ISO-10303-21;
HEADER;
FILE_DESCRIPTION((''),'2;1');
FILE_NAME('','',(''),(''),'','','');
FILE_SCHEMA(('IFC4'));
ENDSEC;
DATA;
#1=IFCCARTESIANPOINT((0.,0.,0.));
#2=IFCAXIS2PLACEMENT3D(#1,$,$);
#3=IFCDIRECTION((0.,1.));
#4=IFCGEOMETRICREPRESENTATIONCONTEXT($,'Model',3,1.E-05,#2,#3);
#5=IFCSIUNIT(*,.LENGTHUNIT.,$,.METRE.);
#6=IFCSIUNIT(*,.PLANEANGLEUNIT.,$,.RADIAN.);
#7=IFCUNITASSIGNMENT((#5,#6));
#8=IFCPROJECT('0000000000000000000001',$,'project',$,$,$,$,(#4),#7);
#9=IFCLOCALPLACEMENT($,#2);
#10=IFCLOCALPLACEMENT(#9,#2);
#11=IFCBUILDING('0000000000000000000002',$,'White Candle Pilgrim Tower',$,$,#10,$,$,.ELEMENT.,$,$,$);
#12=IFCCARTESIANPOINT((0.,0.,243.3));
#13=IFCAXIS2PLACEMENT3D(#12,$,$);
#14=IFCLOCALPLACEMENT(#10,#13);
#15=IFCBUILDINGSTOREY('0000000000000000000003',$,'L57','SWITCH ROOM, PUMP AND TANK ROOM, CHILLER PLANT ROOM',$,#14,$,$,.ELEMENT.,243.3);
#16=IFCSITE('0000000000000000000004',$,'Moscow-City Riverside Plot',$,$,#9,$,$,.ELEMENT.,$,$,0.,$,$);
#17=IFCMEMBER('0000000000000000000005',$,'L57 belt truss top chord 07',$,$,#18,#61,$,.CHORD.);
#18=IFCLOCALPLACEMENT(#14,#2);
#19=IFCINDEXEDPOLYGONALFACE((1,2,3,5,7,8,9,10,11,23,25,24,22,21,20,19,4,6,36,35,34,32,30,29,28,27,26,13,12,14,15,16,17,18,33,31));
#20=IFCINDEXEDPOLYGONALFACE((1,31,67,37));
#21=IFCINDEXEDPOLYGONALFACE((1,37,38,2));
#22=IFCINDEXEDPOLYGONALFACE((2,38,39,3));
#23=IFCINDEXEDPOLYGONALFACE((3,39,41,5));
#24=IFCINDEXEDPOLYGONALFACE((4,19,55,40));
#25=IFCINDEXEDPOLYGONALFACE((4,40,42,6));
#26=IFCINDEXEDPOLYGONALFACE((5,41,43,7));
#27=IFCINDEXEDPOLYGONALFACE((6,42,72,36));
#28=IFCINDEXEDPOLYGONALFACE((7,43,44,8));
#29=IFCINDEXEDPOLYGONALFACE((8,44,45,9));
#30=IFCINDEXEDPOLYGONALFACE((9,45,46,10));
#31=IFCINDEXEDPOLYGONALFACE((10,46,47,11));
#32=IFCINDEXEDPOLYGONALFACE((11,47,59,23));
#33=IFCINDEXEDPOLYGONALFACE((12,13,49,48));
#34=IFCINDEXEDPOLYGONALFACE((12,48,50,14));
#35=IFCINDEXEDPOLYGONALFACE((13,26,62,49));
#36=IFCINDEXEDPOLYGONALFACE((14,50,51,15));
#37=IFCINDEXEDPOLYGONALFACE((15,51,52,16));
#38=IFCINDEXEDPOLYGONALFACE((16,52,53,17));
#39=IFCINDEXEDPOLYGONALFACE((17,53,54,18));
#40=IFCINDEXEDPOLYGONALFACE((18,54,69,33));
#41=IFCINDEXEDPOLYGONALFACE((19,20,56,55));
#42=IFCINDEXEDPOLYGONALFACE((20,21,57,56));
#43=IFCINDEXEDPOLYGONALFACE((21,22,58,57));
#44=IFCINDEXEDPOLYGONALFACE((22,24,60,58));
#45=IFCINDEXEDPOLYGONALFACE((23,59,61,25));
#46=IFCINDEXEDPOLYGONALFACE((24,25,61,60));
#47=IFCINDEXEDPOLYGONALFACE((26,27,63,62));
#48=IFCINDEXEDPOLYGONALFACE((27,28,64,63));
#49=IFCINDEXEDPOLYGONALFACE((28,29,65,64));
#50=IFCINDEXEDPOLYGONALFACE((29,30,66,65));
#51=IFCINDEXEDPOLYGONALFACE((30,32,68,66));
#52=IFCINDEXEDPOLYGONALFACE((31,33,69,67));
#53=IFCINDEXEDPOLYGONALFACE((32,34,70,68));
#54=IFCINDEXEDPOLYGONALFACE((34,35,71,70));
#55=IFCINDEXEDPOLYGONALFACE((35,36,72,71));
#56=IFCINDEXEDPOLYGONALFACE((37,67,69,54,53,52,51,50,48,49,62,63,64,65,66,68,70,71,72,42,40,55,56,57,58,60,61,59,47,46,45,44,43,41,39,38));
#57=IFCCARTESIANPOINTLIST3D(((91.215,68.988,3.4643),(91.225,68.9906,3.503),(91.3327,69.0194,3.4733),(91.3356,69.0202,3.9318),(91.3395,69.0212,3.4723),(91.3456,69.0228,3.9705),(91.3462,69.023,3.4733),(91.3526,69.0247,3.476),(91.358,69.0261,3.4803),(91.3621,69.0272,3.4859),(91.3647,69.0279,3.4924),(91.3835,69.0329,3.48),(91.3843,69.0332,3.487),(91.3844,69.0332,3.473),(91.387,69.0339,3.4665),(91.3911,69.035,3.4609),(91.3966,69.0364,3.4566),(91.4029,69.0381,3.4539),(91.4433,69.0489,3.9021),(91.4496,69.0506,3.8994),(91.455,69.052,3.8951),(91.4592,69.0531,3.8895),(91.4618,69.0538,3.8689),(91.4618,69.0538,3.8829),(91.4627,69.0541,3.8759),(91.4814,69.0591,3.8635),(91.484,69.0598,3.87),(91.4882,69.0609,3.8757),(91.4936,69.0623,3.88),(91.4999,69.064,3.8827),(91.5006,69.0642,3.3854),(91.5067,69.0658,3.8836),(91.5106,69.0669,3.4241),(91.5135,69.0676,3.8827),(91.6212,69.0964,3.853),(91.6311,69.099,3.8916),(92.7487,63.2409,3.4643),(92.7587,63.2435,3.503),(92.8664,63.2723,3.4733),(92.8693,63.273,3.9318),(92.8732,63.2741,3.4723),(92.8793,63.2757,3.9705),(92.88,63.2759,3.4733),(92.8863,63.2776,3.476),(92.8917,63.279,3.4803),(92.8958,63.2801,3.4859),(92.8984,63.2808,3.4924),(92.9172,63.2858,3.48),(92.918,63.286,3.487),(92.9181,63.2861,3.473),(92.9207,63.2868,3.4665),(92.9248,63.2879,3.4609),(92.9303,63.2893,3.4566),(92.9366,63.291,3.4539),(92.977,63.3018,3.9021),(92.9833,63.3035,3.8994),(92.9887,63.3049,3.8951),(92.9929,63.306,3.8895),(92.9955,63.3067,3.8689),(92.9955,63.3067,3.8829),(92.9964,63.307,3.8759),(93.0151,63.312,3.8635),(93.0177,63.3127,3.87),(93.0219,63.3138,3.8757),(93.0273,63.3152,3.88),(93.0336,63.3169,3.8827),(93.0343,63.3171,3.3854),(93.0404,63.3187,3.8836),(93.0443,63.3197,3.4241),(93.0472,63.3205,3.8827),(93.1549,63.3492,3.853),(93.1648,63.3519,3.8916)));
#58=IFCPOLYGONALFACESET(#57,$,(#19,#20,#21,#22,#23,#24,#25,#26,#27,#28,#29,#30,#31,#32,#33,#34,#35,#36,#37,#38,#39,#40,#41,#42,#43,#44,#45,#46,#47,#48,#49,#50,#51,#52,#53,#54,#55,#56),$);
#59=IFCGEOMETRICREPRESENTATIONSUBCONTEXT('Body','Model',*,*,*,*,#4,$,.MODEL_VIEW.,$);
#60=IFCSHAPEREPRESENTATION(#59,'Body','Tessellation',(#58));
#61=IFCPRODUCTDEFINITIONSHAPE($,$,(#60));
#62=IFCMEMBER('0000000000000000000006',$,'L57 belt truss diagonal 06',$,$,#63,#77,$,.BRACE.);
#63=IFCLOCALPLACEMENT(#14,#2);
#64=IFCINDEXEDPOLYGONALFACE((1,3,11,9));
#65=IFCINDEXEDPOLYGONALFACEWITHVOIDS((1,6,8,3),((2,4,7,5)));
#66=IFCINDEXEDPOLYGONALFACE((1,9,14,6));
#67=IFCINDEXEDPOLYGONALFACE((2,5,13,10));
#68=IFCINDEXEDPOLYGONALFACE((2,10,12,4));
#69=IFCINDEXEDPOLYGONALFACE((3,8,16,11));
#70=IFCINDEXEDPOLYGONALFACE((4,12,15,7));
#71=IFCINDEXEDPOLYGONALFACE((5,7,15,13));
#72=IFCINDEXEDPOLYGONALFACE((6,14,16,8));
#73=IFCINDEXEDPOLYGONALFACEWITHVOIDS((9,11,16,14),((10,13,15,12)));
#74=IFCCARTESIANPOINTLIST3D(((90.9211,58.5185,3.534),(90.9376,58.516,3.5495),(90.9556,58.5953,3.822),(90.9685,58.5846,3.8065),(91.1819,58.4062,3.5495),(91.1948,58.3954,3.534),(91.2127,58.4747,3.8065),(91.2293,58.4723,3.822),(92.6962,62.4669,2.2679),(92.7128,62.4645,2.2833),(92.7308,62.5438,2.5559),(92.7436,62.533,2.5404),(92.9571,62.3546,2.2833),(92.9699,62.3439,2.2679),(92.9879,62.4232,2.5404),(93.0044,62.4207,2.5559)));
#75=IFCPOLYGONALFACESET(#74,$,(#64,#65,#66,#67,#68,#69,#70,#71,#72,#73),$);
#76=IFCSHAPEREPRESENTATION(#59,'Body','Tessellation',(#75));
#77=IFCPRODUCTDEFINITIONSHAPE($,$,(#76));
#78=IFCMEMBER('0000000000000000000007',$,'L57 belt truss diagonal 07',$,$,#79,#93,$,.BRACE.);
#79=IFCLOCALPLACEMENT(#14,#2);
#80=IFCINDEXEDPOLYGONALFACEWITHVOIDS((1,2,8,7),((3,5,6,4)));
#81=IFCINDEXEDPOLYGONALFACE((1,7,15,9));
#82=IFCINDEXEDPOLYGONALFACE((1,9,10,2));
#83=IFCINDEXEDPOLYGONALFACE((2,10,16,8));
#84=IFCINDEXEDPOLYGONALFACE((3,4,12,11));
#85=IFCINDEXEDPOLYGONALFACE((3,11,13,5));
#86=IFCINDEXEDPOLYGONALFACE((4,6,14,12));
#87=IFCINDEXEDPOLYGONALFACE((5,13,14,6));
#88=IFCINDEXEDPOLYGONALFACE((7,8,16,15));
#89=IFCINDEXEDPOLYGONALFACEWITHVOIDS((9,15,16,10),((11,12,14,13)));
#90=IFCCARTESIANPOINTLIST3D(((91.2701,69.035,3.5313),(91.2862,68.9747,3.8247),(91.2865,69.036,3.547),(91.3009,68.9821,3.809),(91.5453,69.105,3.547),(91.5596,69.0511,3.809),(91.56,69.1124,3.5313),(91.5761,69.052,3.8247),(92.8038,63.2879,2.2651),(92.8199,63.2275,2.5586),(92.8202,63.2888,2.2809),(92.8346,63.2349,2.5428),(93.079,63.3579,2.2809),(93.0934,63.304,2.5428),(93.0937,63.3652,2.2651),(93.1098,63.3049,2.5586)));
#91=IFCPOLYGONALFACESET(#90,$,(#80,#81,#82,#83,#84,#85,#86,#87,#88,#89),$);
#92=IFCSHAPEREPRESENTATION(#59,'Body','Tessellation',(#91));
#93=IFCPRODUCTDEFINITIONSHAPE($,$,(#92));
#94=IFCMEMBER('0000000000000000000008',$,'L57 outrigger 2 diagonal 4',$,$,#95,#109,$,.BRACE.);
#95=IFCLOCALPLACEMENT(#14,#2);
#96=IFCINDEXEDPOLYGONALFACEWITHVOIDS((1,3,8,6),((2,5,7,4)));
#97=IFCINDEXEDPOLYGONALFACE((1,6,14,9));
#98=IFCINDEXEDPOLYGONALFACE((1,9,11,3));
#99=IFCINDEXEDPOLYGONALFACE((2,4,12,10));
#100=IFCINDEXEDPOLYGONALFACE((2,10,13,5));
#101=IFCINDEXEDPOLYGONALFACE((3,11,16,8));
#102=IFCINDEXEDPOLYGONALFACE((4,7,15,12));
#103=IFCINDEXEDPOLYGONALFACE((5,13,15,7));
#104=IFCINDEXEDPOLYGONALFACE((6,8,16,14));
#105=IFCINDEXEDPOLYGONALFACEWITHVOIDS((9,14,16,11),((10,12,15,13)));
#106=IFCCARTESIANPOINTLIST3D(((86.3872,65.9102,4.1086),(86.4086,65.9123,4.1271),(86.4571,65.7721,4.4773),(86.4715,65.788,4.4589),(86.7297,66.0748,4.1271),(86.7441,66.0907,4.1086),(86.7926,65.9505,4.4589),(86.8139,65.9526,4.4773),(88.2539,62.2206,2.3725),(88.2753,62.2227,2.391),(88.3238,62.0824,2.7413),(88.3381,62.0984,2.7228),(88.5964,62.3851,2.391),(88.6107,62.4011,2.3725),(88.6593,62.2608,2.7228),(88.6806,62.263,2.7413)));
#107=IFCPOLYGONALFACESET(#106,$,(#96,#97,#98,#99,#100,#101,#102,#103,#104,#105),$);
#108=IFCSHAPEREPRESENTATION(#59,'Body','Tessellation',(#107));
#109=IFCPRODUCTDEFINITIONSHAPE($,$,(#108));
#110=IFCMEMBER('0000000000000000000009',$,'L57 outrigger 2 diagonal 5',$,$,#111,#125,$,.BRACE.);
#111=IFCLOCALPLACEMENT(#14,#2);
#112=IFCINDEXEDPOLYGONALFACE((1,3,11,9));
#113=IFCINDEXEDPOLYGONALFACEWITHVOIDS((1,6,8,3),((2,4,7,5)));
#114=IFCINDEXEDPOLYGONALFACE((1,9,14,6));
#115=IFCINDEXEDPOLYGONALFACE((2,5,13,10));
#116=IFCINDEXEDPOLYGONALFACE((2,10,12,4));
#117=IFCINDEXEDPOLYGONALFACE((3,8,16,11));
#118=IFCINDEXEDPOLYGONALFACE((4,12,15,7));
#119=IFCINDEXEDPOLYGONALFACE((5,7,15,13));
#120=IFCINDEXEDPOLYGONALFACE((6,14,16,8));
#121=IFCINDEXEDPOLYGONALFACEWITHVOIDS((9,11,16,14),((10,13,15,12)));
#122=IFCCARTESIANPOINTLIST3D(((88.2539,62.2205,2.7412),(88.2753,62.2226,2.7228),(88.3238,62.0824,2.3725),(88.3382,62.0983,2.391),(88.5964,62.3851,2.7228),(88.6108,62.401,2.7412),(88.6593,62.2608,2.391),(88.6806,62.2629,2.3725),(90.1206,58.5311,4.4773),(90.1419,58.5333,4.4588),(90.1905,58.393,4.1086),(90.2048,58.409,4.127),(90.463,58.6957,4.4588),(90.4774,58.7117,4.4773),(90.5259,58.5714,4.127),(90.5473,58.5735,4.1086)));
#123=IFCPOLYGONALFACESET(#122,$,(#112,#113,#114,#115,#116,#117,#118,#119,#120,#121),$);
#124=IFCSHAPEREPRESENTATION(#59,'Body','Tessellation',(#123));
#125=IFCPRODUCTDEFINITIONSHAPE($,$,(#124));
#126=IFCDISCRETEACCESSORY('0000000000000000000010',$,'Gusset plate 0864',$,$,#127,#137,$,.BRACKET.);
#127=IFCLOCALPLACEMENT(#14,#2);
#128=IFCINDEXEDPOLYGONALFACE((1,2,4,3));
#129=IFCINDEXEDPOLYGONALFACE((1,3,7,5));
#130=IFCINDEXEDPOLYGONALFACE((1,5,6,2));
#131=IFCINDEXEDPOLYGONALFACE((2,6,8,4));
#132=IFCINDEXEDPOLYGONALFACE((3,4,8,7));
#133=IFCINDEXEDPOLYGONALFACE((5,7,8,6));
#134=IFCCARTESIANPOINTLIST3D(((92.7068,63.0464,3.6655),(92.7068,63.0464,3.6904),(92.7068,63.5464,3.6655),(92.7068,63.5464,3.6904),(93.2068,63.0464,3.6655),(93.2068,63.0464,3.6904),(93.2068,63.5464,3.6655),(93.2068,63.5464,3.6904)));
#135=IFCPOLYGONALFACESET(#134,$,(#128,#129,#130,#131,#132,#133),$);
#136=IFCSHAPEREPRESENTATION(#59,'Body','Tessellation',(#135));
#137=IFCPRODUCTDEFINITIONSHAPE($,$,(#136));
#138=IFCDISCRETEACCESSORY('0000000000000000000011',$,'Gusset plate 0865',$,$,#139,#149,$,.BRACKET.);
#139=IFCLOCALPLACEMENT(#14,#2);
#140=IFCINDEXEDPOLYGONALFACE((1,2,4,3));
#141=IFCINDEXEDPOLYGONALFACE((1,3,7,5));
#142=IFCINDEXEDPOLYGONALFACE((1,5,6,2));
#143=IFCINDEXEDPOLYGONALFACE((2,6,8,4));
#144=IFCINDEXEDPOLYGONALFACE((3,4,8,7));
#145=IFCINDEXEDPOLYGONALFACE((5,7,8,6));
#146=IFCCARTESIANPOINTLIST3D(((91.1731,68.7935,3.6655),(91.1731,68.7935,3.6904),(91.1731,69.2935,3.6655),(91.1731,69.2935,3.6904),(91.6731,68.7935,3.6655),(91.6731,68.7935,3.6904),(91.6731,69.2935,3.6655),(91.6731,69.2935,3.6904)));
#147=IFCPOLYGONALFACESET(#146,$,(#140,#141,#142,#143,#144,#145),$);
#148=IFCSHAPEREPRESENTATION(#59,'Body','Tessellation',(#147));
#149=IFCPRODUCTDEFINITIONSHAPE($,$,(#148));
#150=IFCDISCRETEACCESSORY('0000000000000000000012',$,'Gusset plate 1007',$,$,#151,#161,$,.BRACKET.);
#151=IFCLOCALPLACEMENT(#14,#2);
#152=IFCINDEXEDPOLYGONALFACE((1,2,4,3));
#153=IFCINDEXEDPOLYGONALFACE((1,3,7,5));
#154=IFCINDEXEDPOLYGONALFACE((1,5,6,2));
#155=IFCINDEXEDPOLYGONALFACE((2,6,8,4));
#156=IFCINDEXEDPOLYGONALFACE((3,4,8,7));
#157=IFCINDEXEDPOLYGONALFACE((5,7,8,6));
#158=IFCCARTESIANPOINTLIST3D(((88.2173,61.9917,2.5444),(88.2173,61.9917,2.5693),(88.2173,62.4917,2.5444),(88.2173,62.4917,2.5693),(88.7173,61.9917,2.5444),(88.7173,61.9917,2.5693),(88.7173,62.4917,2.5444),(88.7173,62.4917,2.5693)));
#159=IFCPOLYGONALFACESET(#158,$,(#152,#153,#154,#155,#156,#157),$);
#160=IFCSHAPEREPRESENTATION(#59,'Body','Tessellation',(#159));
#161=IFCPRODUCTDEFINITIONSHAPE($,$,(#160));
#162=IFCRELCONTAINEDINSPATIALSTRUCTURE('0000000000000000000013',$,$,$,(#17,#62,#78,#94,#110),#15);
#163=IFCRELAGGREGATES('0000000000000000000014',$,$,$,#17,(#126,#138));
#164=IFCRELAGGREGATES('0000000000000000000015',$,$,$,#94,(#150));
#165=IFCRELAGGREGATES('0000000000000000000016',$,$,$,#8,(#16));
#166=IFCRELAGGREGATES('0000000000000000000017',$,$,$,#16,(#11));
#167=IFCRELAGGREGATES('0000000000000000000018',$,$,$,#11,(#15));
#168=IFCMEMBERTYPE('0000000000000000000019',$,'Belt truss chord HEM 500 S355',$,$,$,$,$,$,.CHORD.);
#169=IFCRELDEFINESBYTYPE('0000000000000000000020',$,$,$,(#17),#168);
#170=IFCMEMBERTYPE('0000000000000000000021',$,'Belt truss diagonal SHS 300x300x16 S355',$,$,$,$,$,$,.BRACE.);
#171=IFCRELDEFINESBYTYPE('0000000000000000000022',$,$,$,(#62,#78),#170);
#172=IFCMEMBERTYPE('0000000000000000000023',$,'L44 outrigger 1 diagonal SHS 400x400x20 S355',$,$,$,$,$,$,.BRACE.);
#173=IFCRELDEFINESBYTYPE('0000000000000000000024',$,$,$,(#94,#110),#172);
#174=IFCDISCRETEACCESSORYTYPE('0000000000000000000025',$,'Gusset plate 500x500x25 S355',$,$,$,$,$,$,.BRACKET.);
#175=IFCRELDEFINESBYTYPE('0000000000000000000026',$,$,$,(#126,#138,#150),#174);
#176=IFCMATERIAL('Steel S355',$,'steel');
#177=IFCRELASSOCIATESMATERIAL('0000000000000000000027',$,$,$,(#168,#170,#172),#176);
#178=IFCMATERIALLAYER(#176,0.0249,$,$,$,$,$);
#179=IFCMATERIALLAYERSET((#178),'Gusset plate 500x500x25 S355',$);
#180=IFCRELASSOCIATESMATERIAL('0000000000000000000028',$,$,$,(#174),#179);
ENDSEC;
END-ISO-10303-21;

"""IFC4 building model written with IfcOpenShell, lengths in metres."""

from ifc_helpers import new_model, si_unit, direction, frame, origin, origin_2d, place, context, subcontext, project, spatial, rectangle, hollow_rectangle, i_section, extrude, material, layer, layer_set, material_profile, profile_set, type_object, element, aggregate, save


model = new_model("IFC4")

# Units and contexts
model_context = context("Model", 3, precision=1e-05, world=origin(), true_north=direction((0.0, 1.0)))
body_context = subcontext(model_context, "Body", "Model", "MODEL_VIEW")
ifc_project = project(units=[si_unit("LENGTHUNIT", "METRE"), si_unit("PLANEANGLEUNIT", "RADIAN")], contexts=[model_context])

# Site, building, storey
site_placement = place(None, origin())
site = spatial("IfcSite", under=ifc_project, at=site_placement, Name="Moscow-City Riverside Plot", CompositionType="ELEMENT", RefElevation=0.0)
building_placement = place(site_placement, origin())
building = spatial("IfcBuilding", under=site, at=building_placement, Name="White Candle Pilgrim Tower", CompositionType="ELEMENT")
storey_placement = place(building_placement, frame((0.0, 0.0, 243.3)))
storey = spatial("IfcBuildingStorey", under=building, at=storey_placement, Name="L57", Description="SWITCH ROOM, PUMP AND TANK ROOM, CHILLER PLANT ROOM", CompositionType="ELEMENT", Elevation=243.3)

# Member
ifc_material_1 = material(Name="Steel S355", Category="steel")
ifc_material_profile_1 = material_profile(ifc_material_1, i_section(OverallWidth=0.3059, OverallDepth=0.5239, WebThickness=0.021, FlangeThickness=0.04, FilletRadius=0.0271, at=origin_2d()), Name="HEM 500")
ifc_profile_set_1 = profile_set([ifc_material_profile_1], Name="Steel S355")
member_type_1 = type_object("IfcMemberType", Name="Belt truss chord HEM 500 S355", PredefinedType="CHORD", material=ifc_profile_set_1)
member_1_placement = place(storey_placement, frame((92.9568, 63.2964, 3.678), z_axis=(-0.257841, 0.966187, 0.0), x_axis=(0.933513, 0.249122, -0.257861)))
member_1 = element("IfcMember", 1, at=member_1_placement, inside=storey, type_object=member_type_1, Name="L57 belt truss top chord 07", PredefinedType="CHORD", context=body_context, shape_type="SweptSolid", body=[
    extrude(i_section(OverallWidth=0.3059, OverallDepth=0.5239, WebThickness=0.021, FlangeThickness=0.04, FilletRadius=0.0271, at=origin_2d()), origin(), (0.0, 0.0, 1.0), 5.9482),
])

# Members
ifc_material_profile_2 = material_profile(ifc_material_1, hollow_rectangle(XDim=0.3, YDim=0.3, WallThickness=0.0161, at=origin_2d()), Name="SHS 300x300x16")
ifc_profile_set_2 = profile_set([ifc_material_profile_2], Name="Steel S355")
member_type_2 = type_object("IfcMemberType", Name="Belt truss diagonal SHS 300x300x16 S355", PredefinedType="BRACE", material=ifc_profile_set_2)
member_2_placement = place(storey_placement, frame((91.0752, 58.4954, 3.678), z_axis=(0.393558, 0.875396, -0.280703), x_axis=(-0.912066, 0.410043, 0.0)))
element("IfcMember", 2, at=member_2_placement, inside=storey, type_object=member_type_2, Name="L57 belt truss diagonal 06", PredefinedType="BRACE", context=body_context, shape_type="SweptSolid", body=[
    extrude(hollow_rectangle(XDim=0.3, YDim=0.3, WallThickness=0.0161, at=origin_2d()), origin(), (0.0, 0.0, 1.0), 4.5105),
])
member_3_placement = place(storey_placement, frame((92.9568, 63.2964, 2.4119), z_axis=(-0.252192, 0.945016, 0.208193), x_axis=(-0.966187, -0.257841, 0.0)))
element("IfcMember", 3, at=member_3_placement, inside=storey, type_object=member_type_2, Name="L57 belt truss diagonal 07", PredefinedType="BRACE", context=body_context, shape_type="SweptSolid", body=[
    extrude(hollow_rectangle(XDim=0.3, YDim=0.3, WallThickness=0.0161, at=origin_2d()), origin(), (0.0, 0.0, 1.0), 6.0815),
])

# Members
ifc_material_profile_3 = material_profile(ifc_material_1, hollow_rectangle(XDim=0.3999, YDim=0.3999, WallThickness=0.02, at=origin_2d()), Name="SHS 400x400x20")
ifc_profile_set_3 = profile_set([ifc_material_profile_3], Name="Steel S355")
member_type_3 = type_object("IfcMemberType", Name="L44 outrigger 1 diagonal SHS 400x400x20 S355", PredefinedType="BRACE", material=ifc_profile_set_3)
member_4_placement = place(storey_placement, frame((86.6006, 65.9314, 4.293), z_axis=(0.416238, -0.822732, -0.387114), x_axis=(0.892303, 0.451436, 0.0)))
member_4 = element("IfcMember", 4, at=member_4_placement, inside=storey, type_object=member_type_3, Name="L57 outrigger 2 diagonal 4", PredefinedType="BRACE", context=body_context, shape_type="SweptSolid", body=[
    extrude(hollow_rectangle(XDim=0.3999, YDim=0.3999, WallThickness=0.02, at=origin_2d()), origin(), (0.0, 0.0, 1.0), 4.4846),
])
member_5_placement = place(storey_placement, frame((88.4673, 62.2417, 2.5569), z_axis=(0.416257, -0.822715, 0.387131), x_axis=(0.892291, 0.45146, 0.0)))
element("IfcMember", 5, at=member_5_placement, inside=storey, type_object=member_type_3, Name="L57 outrigger 2 diagonal 5", PredefinedType="BRACE", context=body_context, shape_type="SweptSolid", body=[
    extrude(hollow_rectangle(XDim=0.3999, YDim=0.3999, WallThickness=0.02, at=origin_2d()), origin(), (0.0, 0.0, 1.0), 4.4844),
])

# Discrete accessories
ifc_layer_1 = layer(ifc_material_1, 0.0249)
ifc_layer_set_1 = layer_set([ifc_layer_1], Name="Gusset plate 500x500x25 S355")
discrete_accessory_type = type_object("IfcDiscreteAccessoryType", Name="Gusset plate 500x500x25 S355", PredefinedType="BRACKET", material=ifc_layer_set_1)
discrete_accessory_1_placement = place(storey_placement, frame((92.9568, 63.2964, 3.6655), z_axis=(0.0, 0.0, 1.0), x_axis=(1.0, 0.0, 0.0)))
discrete_accessory_1 = element("IfcDiscreteAccessory", 6, at=discrete_accessory_1_placement, type_object=discrete_accessory_type, Name="Gusset plate 0864", PredefinedType="BRACKET", context=body_context, shape_type="SweptSolid", body=[
    extrude(rectangle(XDim=0.5, YDim=0.5, at=origin_2d()), origin(), (0.0, 0.0, 1.0), 0.0249),
])
discrete_accessory_2_placement = place(storey_placement, frame((91.4231, 69.0435, 3.6655), z_axis=(0.0, 0.0, 1.0), x_axis=(1.0, 0.0, 0.0)))
discrete_accessory_2 = element("IfcDiscreteAccessory", 7, at=discrete_accessory_2_placement, type_object=discrete_accessory_type, Name="Gusset plate 0865", PredefinedType="BRACKET", context=body_context, shape_type="SweptSolid", body=[
    extrude(rectangle(XDim=0.5, YDim=0.5, at=origin_2d()), origin(), (0.0, 0.0, 1.0), 0.0249),
])
aggregate(member_1, [discrete_accessory_1, discrete_accessory_2])
discrete_accessory_3_placement = place(storey_placement, frame((88.4673, 62.2417, 2.5444), z_axis=(0.0, 0.0, 1.0), x_axis=(1.0, 0.0, 0.0)))
discrete_accessory_3 = element("IfcDiscreteAccessory", 8, at=discrete_accessory_3_placement, type_object=discrete_accessory_type, Name="Gusset plate 1007", PredefinedType="BRACKET", context=body_context, shape_type="SweptSolid", body=[
    extrude(rectangle(XDim=0.5, YDim=0.5, at=origin_2d()), origin(), (0.0, 0.0, 1.0), 0.0249),
])
aggregate(member_4, [discrete_accessory_3])

save(model, "model.ifc")
